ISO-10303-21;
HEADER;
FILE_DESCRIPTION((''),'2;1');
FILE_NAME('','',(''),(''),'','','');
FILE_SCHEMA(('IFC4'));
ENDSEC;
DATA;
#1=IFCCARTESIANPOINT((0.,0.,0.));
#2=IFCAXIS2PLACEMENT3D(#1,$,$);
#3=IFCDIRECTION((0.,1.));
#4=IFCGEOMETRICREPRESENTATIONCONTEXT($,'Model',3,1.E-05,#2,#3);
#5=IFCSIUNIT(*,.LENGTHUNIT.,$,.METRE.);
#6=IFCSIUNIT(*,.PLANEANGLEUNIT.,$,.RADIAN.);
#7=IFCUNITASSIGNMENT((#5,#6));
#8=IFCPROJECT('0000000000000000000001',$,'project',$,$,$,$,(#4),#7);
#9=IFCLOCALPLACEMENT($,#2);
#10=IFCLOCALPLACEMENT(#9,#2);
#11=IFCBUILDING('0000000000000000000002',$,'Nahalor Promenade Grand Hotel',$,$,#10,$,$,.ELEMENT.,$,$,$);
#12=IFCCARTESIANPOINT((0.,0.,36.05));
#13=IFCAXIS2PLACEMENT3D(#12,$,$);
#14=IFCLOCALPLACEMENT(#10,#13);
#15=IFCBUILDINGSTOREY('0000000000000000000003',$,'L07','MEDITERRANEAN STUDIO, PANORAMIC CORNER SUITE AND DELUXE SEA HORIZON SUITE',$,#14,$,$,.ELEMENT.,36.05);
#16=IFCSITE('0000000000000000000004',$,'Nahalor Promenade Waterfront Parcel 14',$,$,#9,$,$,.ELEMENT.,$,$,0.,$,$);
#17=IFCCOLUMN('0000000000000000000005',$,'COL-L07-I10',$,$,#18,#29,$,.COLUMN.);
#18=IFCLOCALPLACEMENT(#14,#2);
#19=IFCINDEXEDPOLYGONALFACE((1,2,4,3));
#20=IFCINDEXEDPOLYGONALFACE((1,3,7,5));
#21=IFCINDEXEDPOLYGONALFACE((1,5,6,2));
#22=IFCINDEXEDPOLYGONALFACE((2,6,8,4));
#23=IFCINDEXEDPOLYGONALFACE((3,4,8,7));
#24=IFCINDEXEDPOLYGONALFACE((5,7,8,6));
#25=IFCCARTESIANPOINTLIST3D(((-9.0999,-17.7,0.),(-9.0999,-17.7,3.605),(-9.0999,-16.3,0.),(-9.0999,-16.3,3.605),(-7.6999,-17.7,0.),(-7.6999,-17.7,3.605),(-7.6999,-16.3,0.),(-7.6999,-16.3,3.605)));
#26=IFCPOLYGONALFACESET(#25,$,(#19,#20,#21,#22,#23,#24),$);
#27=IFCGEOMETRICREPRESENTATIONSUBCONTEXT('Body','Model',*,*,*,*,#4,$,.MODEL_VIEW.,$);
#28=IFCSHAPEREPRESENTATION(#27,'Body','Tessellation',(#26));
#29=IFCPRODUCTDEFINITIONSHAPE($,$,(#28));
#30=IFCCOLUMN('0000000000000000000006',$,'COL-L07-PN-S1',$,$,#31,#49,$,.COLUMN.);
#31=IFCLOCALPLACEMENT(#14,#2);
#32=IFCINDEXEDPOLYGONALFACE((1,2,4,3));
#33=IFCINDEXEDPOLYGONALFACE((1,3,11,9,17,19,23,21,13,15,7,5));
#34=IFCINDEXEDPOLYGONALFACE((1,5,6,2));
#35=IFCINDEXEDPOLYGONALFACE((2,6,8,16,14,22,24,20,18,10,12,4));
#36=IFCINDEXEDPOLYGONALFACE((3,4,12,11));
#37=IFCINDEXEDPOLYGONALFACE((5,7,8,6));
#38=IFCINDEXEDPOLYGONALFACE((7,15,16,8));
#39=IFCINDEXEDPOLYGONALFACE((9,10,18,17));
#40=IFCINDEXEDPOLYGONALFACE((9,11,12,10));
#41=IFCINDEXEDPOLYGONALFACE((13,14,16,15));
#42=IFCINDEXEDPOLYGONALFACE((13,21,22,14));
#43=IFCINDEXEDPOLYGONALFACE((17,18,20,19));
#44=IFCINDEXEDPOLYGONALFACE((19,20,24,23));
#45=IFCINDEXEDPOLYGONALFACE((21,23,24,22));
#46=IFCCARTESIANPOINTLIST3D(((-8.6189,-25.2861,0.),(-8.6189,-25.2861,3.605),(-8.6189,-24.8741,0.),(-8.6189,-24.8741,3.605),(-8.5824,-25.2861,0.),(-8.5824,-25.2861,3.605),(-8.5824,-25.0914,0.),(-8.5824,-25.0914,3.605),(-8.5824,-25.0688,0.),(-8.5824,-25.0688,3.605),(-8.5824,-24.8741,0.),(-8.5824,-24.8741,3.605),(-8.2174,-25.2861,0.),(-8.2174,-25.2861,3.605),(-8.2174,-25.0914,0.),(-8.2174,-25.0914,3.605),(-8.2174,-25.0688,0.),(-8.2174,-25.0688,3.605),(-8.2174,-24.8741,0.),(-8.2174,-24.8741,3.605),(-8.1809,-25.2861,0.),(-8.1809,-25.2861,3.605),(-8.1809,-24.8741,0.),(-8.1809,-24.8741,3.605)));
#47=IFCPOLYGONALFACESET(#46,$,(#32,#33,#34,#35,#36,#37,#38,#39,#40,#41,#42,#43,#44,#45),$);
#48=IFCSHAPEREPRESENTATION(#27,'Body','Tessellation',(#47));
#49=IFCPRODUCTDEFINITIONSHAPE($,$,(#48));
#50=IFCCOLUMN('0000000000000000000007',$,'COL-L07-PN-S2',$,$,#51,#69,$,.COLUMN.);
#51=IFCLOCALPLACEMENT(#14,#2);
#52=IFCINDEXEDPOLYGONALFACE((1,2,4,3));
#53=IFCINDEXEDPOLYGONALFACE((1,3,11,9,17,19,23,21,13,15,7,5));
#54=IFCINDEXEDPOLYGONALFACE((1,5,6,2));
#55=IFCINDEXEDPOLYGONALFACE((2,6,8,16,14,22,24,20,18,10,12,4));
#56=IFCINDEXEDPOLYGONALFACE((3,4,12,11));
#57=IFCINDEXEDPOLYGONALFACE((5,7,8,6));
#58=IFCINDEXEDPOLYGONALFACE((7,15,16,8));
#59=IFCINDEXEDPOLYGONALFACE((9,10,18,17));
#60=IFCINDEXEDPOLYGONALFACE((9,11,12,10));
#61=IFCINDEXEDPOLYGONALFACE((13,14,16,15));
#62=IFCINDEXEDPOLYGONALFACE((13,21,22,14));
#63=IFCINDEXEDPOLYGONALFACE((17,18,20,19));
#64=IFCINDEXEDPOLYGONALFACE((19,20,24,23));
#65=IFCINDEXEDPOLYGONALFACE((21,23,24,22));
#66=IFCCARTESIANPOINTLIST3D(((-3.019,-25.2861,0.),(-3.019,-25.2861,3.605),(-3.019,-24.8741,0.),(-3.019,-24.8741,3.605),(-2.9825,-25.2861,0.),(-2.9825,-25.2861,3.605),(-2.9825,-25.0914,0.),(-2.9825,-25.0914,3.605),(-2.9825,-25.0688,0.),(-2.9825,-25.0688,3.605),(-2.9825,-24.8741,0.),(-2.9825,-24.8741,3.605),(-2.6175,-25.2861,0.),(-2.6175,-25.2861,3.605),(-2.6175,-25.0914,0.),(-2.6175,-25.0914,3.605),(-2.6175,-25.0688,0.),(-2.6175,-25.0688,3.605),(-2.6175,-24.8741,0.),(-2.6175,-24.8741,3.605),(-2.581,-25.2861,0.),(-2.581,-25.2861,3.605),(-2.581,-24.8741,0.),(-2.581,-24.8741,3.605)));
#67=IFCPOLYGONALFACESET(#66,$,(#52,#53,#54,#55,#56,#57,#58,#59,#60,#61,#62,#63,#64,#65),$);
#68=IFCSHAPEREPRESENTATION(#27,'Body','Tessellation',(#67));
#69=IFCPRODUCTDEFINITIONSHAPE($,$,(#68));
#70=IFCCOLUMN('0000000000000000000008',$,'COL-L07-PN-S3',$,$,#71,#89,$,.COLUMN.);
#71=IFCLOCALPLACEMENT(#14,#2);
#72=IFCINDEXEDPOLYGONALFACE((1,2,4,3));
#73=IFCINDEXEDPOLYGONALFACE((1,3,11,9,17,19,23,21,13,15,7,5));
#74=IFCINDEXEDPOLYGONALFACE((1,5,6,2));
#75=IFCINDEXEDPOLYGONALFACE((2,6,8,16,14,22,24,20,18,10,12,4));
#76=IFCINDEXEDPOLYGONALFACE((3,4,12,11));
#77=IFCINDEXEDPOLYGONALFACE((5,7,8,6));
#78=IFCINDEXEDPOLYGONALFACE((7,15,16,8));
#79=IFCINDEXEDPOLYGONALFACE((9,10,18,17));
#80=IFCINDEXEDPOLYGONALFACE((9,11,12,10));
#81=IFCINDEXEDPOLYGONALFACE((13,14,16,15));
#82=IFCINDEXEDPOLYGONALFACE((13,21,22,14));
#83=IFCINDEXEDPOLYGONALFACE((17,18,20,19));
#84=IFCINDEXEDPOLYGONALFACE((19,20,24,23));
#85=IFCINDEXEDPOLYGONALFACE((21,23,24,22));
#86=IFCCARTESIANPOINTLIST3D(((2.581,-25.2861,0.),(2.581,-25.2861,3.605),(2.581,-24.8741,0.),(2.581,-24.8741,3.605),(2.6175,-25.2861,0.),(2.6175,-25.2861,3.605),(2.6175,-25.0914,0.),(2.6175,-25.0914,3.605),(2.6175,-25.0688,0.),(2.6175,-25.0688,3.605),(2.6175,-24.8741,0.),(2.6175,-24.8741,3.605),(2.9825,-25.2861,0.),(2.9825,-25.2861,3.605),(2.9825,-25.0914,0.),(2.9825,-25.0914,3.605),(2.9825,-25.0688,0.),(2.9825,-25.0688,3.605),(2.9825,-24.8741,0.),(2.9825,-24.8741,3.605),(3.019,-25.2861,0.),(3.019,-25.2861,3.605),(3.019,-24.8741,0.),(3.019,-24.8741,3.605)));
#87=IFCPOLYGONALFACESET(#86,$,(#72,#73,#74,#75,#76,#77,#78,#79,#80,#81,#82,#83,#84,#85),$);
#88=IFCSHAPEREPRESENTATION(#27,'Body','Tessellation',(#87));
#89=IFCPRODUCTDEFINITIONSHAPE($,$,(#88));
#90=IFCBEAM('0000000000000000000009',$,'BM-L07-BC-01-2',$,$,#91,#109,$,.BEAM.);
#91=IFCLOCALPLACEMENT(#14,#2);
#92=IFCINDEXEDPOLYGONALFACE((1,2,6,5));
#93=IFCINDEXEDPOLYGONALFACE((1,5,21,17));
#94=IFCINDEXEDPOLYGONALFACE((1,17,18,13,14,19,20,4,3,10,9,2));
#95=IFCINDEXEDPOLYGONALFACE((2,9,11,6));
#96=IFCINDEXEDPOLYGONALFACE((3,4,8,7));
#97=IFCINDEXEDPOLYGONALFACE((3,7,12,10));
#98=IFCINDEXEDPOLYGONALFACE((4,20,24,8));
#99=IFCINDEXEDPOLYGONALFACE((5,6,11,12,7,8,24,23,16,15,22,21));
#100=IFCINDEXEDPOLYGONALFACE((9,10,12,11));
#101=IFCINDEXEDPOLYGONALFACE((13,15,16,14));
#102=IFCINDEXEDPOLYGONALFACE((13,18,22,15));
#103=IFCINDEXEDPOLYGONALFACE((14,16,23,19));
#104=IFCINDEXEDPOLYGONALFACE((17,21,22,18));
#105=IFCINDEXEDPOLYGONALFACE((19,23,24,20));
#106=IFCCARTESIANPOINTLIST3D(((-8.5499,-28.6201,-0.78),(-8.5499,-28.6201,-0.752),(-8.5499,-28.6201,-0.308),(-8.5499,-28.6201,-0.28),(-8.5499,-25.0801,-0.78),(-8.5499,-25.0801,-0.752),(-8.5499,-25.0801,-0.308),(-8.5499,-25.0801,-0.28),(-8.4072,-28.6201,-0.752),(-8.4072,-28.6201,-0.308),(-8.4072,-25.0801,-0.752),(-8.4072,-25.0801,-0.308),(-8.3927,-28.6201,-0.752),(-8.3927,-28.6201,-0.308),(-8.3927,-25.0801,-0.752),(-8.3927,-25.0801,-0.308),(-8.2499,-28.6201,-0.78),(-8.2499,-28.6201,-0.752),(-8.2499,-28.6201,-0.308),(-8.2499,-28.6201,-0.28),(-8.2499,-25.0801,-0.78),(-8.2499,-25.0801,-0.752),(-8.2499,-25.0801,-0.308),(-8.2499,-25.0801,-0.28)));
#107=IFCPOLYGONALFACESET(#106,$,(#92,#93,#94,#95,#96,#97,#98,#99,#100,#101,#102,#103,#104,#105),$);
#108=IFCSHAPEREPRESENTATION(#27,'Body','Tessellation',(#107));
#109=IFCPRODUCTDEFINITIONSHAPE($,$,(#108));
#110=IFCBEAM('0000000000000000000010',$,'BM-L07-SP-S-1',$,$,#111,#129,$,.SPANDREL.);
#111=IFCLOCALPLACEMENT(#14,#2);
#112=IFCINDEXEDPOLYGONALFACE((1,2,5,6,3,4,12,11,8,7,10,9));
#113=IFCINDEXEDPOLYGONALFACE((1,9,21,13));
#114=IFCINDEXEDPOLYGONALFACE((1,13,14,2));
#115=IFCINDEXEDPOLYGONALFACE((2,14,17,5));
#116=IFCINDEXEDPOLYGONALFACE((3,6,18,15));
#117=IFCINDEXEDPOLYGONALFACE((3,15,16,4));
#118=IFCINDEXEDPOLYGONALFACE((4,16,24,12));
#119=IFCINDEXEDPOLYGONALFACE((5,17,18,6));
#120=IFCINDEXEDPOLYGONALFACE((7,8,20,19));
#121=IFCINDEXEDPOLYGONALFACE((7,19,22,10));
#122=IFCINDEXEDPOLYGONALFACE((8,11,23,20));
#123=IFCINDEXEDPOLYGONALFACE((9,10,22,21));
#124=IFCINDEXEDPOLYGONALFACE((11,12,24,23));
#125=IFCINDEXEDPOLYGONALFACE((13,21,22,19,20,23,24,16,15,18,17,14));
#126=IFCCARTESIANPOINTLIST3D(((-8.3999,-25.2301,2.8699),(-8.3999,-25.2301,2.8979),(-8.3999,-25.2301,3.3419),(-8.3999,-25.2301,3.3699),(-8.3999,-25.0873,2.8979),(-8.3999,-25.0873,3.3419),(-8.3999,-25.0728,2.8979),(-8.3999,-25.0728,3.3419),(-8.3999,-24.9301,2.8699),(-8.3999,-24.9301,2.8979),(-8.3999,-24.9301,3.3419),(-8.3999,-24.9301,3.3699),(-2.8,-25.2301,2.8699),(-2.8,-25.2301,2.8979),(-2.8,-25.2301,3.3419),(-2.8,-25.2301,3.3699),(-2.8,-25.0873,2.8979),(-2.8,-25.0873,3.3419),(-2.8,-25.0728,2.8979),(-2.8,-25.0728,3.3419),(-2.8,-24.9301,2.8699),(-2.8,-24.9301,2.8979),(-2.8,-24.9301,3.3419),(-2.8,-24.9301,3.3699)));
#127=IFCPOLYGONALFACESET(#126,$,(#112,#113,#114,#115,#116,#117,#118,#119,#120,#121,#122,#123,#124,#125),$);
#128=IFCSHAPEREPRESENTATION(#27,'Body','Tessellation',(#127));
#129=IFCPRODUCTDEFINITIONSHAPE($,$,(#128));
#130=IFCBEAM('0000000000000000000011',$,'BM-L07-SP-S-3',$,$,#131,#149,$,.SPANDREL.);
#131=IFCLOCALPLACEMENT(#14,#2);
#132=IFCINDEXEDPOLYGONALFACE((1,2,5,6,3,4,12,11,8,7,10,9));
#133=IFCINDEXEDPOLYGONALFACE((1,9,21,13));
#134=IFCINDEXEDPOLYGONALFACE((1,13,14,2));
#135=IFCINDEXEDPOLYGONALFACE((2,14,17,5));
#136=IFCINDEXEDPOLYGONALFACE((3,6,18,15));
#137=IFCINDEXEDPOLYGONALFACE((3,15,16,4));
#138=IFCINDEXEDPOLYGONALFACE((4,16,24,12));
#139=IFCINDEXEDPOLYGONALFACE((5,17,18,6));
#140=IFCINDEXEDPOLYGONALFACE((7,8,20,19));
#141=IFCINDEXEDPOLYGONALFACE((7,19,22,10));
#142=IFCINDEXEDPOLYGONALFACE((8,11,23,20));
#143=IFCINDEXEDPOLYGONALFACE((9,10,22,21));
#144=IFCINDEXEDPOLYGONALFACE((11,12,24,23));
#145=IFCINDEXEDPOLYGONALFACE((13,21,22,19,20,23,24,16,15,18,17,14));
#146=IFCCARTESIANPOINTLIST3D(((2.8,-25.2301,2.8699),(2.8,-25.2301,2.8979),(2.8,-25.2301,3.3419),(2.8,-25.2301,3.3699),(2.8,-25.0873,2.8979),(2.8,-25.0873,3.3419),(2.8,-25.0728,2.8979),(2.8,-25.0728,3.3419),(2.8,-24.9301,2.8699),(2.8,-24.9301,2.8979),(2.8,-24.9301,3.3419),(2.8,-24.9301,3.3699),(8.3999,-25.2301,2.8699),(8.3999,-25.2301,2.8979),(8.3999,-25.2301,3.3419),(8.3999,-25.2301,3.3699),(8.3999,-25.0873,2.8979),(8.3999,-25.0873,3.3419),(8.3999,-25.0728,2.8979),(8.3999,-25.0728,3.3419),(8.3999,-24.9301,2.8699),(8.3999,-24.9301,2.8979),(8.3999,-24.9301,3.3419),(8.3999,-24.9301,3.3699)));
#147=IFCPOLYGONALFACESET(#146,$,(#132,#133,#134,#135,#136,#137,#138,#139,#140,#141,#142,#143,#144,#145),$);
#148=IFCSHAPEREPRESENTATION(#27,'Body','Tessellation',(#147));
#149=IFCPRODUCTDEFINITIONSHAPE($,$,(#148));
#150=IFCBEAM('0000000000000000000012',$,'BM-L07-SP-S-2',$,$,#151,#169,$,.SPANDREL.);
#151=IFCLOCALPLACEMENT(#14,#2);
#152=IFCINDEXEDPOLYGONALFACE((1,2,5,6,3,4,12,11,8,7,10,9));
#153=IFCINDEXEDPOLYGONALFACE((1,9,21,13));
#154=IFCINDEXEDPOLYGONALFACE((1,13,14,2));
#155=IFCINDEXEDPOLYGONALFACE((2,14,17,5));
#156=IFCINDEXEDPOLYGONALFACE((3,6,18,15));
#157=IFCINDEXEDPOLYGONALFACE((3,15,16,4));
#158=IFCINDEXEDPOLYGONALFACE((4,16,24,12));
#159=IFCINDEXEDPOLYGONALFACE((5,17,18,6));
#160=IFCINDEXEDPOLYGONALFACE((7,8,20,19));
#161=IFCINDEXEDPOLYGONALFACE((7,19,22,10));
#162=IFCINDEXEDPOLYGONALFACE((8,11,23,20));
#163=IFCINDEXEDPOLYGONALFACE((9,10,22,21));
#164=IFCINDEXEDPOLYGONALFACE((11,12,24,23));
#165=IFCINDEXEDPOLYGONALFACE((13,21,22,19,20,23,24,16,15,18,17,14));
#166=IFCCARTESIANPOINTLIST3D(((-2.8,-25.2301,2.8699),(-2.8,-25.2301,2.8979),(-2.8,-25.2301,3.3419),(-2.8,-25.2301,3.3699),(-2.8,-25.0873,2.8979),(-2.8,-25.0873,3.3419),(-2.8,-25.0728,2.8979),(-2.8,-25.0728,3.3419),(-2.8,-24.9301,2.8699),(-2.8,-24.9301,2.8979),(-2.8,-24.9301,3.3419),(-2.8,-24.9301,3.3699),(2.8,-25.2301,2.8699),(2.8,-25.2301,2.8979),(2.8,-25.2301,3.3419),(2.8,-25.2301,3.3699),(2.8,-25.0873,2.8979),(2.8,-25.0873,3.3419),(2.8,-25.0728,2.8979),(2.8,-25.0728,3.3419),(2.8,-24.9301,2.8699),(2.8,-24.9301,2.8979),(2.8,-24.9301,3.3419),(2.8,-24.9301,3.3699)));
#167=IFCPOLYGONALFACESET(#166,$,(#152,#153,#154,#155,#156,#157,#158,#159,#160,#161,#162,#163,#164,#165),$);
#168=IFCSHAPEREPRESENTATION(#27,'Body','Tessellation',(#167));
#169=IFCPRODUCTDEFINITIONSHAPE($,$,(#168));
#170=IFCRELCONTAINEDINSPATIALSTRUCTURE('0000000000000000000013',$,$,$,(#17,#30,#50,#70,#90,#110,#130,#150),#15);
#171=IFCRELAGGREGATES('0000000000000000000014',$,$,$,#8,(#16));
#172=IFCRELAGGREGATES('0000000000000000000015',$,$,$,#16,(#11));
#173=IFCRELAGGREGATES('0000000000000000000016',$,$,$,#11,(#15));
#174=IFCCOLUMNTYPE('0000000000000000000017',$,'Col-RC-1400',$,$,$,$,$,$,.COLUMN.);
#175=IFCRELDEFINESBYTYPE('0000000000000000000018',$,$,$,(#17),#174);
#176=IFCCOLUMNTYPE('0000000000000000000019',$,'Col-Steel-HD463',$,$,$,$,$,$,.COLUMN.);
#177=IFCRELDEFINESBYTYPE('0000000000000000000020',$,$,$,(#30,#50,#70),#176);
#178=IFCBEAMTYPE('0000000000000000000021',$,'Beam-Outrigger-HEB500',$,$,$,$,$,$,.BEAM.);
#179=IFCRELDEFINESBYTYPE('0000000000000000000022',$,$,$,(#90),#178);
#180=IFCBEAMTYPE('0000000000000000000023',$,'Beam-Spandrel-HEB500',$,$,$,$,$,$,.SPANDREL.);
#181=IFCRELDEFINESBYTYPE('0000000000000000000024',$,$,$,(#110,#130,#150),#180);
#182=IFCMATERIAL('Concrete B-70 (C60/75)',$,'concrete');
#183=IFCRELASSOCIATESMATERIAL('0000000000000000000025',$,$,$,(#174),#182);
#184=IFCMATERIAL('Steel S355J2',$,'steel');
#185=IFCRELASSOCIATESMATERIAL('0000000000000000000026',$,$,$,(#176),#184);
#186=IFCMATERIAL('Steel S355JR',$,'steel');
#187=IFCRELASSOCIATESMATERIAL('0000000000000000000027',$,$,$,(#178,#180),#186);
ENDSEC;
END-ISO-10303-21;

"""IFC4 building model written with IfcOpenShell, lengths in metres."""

from ifc_helpers import new_model, si_unit, direction, frame, origin, origin_2d, place, context, subcontext, project, spatial, rectangle, i_section, extrude, source, transform, mapped, material, material_profile, profile_set, type_object, element, save


model = new_model("IFC4")

# Units and contexts
model_context = context("Model", 3, precision=1e-05, world=origin(), true_north=direction((0.0, 1.0)))
body_context = subcontext(model_context, "Body", "Model", "MODEL_VIEW")
ifc_project = project(units=[si_unit("LENGTHUNIT", "METRE"), si_unit("PLANEANGLEUNIT", "RADIAN")], contexts=[model_context])

# Site, building, storey
site_placement = place(None, origin())
site = spatial("IfcSite", under=ifc_project, at=site_placement, Name="Nahalor Promenade Waterfront Parcel 14", CompositionType="ELEMENT", RefElevation=0.0)
building_placement = place(site_placement, origin())
building = spatial("IfcBuilding", under=site, at=building_placement, Name="Nahalor Promenade Grand Hotel", CompositionType="ELEMENT")
storey_placement = place(building_placement, frame((0.0, 0.0, 36.05)))
storey = spatial("IfcBuildingStorey", under=building, at=storey_placement, Name="L07", Description="MEDITERRANEAN STUDIO, PANORAMIC CORNER SUITE AND DELUXE SEA HORIZON SUITE", CompositionType="ELEMENT", Elevation=36.05)

# Columns
ifc_material_1 = material(Name="Concrete B-70 (C60/75)", Category="concrete")
ifc_material_profile_1 = material_profile(ifc_material_1, rectangle(XDim=1.4, YDim=1.4, at=origin_2d()), Name="RC 1400x1400")
ifc_profile_set_1 = profile_set([ifc_material_profile_1], Name="Concrete B-70 (C60/75)")
column_type_1 = type_object("IfcColumnType", Name="Col-RC-1400", PredefinedType="COLUMN", material=ifc_profile_set_1)
shared_shape_1 = source(origin(), body_context, "Body", "SweptSolid", [
    extrude(rectangle(XDim=1.4, YDim=1.4, at=origin_2d()), origin(), (0.0, 0.0, 1.0), 3.605),
])
column_placement = place(storey_placement, frame((-8.3999, -17.0, 0.0), z_axis=(0.0, 0.0, 1.0), x_axis=(1.0, 0.0, 0.0)))
element("IfcColumn", 1, at=column_placement, inside=storey, type_object=column_type_1, Name="COL-L07-I10", PredefinedType="COLUMN", context=body_context, shape_type="MappedRepresentation", body=[
    mapped(shared_shape_1, transform((0.0, 0.0, 0.0), scale=1.0)),
])
ifc_material_2 = material(Name="Steel S355J2", Category="steel")
ifc_material_profile_2 = material_profile(ifc_material_2, i_section(OverallWidth=0.412, OverallDepth=0.438, WebThickness=0.0226, FlangeThickness=0.0365, at=origin_2d()), Name="HD 400x463")
ifc_profile_set_2 = profile_set([ifc_material_profile_2], Name="Steel S355J2")
column_type_2 = type_object("IfcColumnType", Name="Col-Steel-HD463", PredefinedType="COLUMN", material=ifc_profile_set_2)
shared_shape_2 = source(origin(), body_context, "Body", "SweptSolid", [
    extrude(i_section(OverallWidth=0.412, OverallDepth=0.438, WebThickness=0.0226, FlangeThickness=0.0365, at=origin_2d()), origin(), (0.0, 0.0, 1.0), 3.605),
])
for number, where, z_axis, x_axis, name in (
    (2, (-8.3999, -25.0801, 0.0), (0.0, 0.0, 1.0), (0.0, 1.0, 0.0), "COL-L07-PN-S1"),
    (3, (-2.8, -25.0801, 0.0), (0.0, 0.0, 1.0), (0.0, 1.0, 0.0), "COL-L07-PN-S2"),
    (4, (2.8, -25.0801, 0.0), (0.0, 0.0, 1.0), (0.0, 1.0, 0.0), "COL-L07-PN-S3"),
):
    element("IfcColumn", number, at=place(storey_placement, frame(where, z_axis=z_axis, x_axis=x_axis)), inside=storey, type_object=column_type_2, Name=name, PredefinedType="COLUMN", context=body_context, shape_type="MappedRepresentation", body=[
        mapped(shared_shape_2, transform((0.0, 0.0, 0.0), scale=1.0)),
    ])

# Beams
ifc_material_3 = material(Name="Steel S355JR", Category="steel")
ifc_material_profile_3 = material_profile(ifc_material_3, i_section(OverallWidth=0.3, OverallDepth=0.5, WebThickness=0.0145, FlangeThickness=0.028, at=origin_2d()), Name="HEB 500")
ifc_profile_set_3 = profile_set([ifc_material_profile_3], Name="Steel S355JR")
beam_type_1 = type_object("IfcBeamType", Name="Beam-Outrigger-HEB500", PredefinedType="BEAM", material=ifc_profile_set_3)
shared_shape_3 = source(origin(), body_context, "Body", "SweptSolid", [
    extrude(i_section(OverallWidth=0.3, OverallDepth=0.5, WebThickness=0.0145, FlangeThickness=0.028, at=origin_2d()), origin(), (0.0, 0.0, 1.0), 3.54),
])
beam_1_placement = place(storey_placement, frame((-8.3999, -28.6201, -0.53), z_axis=(0.0, 1.0, 0.0), x_axis=(-1.0, 0.0, 0.0)))
element("IfcBeam", 5, at=beam_1_placement, inside=storey, type_object=beam_type_1, Name="BM-L07-BC-01-2", PredefinedType="BEAM", context=body_context, shape_type="MappedRepresentation", body=[
    mapped(shared_shape_3, transform((0.0, 0.0, 0.0), scale=1.0)),
])
ifc_material_profile_4 = material_profile(ifc_material_3, i_section(OverallWidth=0.3, OverallDepth=0.5, WebThickness=0.0145, FlangeThickness=0.028, at=origin_2d()), Name="HEB 500")
ifc_profile_set_4 = profile_set([ifc_material_profile_4], Name="Steel S355JR")
beam_type_2 = type_object("IfcBeamType", Name="Beam-Spandrel-HEB500", PredefinedType="SPANDREL", material=ifc_profile_set_4)
shared_shape_4 = source(origin(), body_context, "Body", "SweptSolid", [
    extrude(i_section(OverallWidth=0.3, OverallDepth=0.5, WebThickness=0.0145, FlangeThickness=0.028, at=origin_2d()), origin(), (0.0, 0.0, 1.0), 5.5999),
])
for number, where, z_axis, x_axis, name in (
    (6, (-8.3999, -25.0801, 3.1199), (1.0, 0.0, 0.0), (0.0, 1.0, 0.0), "BM-L07-SP-S-1"),
    (7, (2.8, -25.0801, 3.1199), (1.0, 0.0, 0.0), (0.0, 1.0, 0.0), "BM-L07-SP-S-3"),
):
    element("IfcBeam", number, at=place(storey_placement, frame(where, z_axis=z_axis, x_axis=x_axis)), inside=storey, type_object=beam_type_2, Name=name, PredefinedType="SPANDREL", context=body_context, shape_type="MappedRepresentation", body=[
        mapped(shared_shape_4, transform((0.0, 0.0, 0.0), scale=1.0)),
    ])
shared_shape_5 = source(origin(), body_context, "Body", "SweptSolid", [
    extrude(i_section(OverallWidth=0.3, OverallDepth=0.5, WebThickness=0.0145, FlangeThickness=0.028, at=origin_2d()), origin(), (0.0, 0.0, 1.0), 5.6001),
])
beam_2_placement = place(storey_placement, frame((-2.8, -25.0801, 3.1199), z_axis=(1.0, 0.0, 0.0), x_axis=(0.0, 1.0, 0.0)))
element("IfcBeam", 8, at=beam_2_placement, inside=storey, type_object=beam_type_2, Name="BM-L07-SP-S-2", PredefinedType="SPANDREL", context=body_context, shape_type="MappedRepresentation", body=[
    mapped(shared_shape_5, transform((0.0, 0.0, 0.0), scale=1.0)),
])

save(model, "model.ifc")
